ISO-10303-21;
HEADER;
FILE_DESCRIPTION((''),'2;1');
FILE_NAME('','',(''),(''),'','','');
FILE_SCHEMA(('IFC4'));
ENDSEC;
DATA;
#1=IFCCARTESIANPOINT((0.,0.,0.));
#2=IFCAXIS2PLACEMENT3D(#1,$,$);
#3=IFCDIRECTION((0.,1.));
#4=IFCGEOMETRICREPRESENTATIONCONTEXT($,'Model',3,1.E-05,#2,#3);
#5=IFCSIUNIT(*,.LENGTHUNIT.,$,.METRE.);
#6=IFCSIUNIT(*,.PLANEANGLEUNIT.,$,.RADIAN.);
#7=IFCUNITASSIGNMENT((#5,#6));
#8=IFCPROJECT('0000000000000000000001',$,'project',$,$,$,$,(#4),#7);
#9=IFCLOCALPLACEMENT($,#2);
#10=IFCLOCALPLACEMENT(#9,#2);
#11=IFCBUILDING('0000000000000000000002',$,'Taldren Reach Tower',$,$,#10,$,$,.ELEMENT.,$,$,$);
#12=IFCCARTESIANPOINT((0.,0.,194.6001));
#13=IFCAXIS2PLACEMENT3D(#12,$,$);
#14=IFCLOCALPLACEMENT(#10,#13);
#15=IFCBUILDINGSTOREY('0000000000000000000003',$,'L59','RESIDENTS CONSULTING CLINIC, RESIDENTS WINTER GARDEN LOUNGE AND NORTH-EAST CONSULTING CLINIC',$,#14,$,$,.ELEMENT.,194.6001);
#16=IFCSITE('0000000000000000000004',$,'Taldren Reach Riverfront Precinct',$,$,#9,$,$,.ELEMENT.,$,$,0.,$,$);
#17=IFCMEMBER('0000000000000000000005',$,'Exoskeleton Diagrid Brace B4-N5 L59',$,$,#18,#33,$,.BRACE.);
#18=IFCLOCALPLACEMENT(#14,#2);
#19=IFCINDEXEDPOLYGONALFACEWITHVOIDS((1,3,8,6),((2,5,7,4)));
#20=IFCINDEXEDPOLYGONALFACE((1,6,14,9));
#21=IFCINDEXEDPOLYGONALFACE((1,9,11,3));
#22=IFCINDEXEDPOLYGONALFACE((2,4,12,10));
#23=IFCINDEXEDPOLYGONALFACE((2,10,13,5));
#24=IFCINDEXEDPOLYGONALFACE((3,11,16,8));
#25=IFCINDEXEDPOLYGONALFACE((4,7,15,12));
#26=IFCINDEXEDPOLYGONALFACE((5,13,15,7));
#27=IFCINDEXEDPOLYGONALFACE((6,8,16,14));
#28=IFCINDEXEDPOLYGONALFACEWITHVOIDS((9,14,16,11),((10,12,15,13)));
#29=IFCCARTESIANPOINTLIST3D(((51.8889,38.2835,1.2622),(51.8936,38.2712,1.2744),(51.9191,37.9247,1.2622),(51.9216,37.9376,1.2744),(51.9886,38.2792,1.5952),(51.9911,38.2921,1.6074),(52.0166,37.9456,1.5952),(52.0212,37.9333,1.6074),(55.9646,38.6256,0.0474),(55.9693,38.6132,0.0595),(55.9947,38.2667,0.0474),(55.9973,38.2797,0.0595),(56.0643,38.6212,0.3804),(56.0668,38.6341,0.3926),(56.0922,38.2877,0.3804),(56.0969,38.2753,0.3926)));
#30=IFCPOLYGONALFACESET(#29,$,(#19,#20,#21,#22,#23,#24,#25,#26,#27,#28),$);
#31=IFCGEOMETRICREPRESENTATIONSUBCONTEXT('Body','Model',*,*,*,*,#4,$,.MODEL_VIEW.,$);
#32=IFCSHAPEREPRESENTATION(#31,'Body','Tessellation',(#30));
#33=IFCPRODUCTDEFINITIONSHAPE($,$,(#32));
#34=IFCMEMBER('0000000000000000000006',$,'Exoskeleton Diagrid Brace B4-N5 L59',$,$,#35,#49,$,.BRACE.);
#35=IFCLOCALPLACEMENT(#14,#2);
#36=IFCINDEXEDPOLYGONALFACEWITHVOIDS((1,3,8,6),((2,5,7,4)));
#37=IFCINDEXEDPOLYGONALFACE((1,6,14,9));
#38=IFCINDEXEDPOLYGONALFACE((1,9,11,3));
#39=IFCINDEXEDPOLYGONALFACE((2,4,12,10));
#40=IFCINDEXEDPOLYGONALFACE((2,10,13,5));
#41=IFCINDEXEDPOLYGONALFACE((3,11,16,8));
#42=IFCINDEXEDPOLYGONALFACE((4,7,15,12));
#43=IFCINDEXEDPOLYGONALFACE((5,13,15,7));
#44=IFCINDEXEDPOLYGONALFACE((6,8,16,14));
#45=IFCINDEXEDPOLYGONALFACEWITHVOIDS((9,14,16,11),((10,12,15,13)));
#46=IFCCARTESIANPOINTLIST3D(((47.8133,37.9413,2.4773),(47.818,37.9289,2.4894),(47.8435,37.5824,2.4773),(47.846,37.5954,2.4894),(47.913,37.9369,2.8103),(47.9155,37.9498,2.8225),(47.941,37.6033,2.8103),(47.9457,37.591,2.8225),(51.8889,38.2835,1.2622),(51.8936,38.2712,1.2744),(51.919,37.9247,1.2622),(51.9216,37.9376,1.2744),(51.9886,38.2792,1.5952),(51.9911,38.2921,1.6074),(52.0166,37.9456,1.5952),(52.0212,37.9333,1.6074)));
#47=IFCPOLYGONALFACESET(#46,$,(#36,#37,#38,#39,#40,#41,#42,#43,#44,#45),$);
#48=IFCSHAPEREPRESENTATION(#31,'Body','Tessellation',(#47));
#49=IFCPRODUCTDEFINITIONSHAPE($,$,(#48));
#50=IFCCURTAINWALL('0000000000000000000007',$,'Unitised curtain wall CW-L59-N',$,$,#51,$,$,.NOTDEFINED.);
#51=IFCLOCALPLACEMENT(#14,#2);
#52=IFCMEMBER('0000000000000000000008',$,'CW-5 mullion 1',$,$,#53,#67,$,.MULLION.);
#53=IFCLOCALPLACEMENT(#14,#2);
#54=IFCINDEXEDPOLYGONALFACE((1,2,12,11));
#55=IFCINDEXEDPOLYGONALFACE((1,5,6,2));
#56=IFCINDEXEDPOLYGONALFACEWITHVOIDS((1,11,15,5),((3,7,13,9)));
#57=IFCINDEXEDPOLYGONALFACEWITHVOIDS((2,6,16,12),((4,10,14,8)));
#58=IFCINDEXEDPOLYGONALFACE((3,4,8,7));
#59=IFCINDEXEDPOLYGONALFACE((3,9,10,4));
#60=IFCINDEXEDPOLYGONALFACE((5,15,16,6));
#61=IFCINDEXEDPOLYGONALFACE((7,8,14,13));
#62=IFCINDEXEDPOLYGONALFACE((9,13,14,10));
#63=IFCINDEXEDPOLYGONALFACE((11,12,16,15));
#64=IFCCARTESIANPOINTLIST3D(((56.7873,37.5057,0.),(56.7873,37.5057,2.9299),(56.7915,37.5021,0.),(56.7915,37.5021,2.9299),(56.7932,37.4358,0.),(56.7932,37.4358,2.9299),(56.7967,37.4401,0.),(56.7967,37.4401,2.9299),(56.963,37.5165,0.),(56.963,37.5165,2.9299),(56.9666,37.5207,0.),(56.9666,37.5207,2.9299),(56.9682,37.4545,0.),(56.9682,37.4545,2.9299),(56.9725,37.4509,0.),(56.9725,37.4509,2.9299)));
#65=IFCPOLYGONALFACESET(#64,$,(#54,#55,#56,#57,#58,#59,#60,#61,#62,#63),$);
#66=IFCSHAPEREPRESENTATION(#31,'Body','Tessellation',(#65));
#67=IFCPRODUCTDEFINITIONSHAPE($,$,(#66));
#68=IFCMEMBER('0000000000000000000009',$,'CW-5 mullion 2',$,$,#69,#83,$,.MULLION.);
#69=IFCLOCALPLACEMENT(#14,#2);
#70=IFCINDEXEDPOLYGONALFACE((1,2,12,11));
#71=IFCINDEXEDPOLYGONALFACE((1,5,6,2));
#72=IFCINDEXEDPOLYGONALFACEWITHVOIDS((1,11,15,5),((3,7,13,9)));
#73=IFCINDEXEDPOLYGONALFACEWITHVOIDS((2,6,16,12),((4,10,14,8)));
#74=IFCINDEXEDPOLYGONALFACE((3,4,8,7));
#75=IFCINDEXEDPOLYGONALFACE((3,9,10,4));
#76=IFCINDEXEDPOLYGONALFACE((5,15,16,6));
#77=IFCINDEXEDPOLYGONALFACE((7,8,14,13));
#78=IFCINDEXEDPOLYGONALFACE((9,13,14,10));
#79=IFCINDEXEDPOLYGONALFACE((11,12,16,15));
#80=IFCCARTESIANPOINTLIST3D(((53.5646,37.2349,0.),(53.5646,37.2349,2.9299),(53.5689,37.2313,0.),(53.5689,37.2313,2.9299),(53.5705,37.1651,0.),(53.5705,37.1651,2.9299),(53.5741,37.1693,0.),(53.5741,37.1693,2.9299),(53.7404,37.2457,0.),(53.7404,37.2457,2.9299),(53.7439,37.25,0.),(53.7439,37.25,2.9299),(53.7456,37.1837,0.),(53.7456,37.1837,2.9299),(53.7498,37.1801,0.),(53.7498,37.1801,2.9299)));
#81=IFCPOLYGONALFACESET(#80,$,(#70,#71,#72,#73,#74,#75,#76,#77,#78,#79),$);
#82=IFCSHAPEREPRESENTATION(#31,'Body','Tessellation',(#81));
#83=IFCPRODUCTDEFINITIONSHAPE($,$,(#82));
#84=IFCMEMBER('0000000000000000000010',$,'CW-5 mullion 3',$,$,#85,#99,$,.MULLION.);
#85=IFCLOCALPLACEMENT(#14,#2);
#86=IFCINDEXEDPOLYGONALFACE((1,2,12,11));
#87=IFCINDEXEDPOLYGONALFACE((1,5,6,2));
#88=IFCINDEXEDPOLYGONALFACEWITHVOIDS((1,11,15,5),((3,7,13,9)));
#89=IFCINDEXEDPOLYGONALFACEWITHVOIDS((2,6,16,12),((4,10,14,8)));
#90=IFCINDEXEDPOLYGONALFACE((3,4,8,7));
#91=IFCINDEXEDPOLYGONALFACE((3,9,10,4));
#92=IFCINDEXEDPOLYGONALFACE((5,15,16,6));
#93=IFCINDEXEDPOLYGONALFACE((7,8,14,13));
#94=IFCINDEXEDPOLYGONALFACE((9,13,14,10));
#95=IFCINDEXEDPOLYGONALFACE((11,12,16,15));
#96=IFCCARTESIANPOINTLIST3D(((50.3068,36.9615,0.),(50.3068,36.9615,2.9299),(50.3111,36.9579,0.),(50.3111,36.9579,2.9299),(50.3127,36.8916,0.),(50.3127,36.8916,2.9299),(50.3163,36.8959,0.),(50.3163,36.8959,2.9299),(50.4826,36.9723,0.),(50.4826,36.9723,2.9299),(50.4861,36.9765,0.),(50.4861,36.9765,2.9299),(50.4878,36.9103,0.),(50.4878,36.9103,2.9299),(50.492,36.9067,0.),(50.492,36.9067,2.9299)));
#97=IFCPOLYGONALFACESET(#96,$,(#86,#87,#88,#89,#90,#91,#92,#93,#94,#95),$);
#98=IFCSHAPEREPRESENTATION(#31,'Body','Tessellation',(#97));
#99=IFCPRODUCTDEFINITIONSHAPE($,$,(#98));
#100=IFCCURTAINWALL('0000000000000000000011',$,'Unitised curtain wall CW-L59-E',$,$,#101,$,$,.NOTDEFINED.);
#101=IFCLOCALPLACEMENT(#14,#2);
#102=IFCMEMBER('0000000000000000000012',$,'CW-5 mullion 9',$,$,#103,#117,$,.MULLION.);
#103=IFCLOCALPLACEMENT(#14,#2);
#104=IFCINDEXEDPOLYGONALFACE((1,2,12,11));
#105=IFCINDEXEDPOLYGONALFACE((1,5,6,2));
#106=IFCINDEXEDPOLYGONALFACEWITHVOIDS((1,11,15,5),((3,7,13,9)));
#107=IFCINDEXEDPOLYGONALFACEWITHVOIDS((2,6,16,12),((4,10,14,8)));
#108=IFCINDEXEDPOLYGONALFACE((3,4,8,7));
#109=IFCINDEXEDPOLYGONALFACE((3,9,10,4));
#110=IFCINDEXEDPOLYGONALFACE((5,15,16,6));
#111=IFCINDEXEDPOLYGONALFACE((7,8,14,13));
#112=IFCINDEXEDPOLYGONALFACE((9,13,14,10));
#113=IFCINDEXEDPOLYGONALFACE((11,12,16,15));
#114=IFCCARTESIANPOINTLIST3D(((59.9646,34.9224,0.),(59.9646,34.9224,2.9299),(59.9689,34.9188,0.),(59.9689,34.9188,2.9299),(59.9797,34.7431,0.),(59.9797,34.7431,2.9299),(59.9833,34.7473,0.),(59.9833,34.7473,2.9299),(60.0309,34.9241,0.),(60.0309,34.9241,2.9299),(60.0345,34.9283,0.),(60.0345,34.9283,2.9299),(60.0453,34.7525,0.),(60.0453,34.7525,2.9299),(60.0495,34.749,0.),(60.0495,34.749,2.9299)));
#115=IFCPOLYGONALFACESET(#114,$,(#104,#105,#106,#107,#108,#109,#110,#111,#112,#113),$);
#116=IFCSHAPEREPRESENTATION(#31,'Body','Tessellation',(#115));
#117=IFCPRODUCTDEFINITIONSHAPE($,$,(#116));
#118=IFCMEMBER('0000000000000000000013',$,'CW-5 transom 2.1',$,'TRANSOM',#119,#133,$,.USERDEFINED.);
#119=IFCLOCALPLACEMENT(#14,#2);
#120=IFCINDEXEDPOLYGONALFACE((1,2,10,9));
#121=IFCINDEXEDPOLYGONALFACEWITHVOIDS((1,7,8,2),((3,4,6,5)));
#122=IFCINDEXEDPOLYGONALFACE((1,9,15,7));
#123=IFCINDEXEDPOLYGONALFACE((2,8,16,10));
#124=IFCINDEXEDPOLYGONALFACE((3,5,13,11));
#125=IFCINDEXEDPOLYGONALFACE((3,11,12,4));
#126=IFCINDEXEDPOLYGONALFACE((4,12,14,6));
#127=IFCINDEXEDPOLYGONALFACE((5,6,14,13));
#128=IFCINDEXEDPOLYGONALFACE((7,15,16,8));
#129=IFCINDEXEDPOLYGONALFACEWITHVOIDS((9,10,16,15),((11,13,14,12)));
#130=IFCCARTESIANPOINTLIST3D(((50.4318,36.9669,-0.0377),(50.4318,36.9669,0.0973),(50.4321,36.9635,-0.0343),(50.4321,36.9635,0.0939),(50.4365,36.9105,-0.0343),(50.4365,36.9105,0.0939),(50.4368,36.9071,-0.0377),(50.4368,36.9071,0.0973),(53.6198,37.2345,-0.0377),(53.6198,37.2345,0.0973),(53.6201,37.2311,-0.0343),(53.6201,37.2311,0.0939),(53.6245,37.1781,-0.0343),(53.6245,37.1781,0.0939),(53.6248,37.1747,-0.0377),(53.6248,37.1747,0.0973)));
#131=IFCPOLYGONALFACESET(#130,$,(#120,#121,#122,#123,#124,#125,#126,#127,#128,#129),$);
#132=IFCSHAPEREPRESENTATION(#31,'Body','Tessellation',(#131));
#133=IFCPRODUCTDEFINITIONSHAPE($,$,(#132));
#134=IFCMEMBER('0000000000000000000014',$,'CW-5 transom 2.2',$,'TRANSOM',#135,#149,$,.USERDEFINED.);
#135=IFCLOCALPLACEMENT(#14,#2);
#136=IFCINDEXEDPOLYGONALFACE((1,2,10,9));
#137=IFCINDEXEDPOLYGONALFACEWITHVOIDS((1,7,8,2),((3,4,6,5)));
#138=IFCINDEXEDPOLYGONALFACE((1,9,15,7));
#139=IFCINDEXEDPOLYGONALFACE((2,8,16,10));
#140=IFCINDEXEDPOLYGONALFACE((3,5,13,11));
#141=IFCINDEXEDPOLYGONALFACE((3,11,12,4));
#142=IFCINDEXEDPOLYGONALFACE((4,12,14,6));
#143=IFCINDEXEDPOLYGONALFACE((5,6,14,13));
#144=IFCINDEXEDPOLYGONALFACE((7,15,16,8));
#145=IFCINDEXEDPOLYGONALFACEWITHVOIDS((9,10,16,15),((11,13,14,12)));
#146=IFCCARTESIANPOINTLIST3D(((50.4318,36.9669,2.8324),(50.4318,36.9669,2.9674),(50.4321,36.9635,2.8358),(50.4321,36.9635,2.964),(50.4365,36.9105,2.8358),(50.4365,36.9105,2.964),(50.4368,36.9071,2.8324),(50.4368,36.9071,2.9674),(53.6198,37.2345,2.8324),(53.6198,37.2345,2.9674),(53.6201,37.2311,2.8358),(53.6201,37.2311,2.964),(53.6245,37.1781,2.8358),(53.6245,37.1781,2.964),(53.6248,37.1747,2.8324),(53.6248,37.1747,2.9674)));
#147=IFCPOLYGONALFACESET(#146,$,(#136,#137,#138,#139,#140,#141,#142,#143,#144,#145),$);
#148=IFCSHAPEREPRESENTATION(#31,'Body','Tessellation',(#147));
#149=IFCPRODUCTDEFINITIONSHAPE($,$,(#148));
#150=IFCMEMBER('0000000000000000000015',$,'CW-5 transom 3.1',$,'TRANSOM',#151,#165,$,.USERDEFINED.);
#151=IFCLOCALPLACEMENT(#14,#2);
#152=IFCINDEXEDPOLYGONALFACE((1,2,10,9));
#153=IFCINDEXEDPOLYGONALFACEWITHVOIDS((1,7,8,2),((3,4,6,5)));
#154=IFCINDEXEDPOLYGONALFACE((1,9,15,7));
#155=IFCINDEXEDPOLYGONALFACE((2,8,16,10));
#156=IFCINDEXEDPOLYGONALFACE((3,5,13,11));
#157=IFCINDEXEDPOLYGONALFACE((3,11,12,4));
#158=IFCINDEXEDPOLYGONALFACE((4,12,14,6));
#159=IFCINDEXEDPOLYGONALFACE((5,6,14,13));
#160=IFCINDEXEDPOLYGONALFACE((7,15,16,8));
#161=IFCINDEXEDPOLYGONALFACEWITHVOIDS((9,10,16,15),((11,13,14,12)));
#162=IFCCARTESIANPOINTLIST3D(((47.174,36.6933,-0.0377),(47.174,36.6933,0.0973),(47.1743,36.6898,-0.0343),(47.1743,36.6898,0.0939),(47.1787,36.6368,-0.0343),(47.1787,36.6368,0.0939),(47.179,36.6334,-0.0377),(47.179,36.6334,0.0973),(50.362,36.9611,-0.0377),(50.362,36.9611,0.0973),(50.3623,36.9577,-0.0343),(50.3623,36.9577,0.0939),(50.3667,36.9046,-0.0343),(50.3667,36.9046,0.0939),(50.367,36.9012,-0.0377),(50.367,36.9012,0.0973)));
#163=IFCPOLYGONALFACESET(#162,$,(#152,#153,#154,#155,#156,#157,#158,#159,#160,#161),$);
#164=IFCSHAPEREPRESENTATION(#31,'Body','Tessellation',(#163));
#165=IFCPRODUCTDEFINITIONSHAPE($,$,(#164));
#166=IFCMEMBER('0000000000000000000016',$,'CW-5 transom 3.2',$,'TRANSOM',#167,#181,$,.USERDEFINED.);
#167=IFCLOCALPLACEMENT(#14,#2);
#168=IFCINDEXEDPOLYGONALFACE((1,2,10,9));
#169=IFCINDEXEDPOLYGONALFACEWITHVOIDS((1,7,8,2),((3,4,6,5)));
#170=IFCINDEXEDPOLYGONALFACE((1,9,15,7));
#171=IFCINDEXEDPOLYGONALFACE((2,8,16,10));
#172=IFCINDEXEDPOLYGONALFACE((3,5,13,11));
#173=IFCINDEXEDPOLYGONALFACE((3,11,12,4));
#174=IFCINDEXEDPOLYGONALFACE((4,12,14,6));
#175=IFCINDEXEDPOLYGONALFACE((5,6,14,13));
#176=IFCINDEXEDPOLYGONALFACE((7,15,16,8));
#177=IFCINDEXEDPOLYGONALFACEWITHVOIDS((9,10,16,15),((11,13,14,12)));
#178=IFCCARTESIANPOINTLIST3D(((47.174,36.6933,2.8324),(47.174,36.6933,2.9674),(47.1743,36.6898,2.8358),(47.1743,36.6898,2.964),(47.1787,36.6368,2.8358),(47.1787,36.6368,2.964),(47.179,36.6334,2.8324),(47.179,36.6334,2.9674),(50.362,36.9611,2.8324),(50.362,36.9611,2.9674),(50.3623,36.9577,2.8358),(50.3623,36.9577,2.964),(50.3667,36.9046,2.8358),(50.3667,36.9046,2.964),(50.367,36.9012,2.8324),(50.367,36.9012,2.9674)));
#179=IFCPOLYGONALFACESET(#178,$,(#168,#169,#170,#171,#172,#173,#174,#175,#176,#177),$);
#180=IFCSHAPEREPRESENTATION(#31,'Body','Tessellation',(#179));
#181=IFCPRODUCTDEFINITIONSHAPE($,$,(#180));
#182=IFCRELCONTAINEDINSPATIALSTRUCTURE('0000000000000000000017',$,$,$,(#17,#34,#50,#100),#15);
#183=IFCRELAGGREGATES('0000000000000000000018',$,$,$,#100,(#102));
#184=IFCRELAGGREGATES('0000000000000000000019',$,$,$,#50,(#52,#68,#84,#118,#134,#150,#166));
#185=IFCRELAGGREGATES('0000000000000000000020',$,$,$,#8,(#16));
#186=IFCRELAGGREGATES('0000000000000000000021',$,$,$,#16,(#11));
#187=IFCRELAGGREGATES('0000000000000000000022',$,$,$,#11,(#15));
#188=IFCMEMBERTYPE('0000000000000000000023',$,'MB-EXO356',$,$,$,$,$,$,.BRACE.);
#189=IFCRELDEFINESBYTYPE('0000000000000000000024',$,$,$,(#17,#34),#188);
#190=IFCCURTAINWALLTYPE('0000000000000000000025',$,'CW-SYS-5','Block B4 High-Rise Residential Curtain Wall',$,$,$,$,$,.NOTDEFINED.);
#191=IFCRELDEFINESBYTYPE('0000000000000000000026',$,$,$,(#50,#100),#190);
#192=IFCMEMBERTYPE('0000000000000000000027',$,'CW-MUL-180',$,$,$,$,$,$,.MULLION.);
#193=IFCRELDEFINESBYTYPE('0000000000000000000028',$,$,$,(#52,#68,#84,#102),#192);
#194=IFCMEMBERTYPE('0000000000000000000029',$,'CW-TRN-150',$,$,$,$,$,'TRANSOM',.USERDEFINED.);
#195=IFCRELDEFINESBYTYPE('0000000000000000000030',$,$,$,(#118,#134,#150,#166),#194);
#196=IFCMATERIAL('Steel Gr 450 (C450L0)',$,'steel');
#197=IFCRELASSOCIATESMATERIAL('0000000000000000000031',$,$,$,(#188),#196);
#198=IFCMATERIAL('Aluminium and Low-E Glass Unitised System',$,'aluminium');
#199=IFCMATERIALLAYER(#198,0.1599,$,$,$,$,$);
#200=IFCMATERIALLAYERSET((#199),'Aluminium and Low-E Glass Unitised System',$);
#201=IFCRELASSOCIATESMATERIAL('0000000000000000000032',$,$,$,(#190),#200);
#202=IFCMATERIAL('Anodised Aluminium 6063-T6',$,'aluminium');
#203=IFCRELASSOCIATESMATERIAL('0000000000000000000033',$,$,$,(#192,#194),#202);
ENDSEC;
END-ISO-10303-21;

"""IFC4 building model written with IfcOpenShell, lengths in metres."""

from ifc_helpers import new_model, si_unit, direction, frame, origin, origin_2d, place, context, subcontext, project, spatial, hollow_rectangle, extrude, source, transform, mapped, material, layer, layer_set, material_profile, profile_set, type_object, element, aggregate, save


model = new_model("IFC4")

# Units and contexts
model_context = context("Model", 3, precision=1e-05, world=origin(), true_north=direction((0.0, 1.0)))
body_context = subcontext(model_context, "Body", "Model", "MODEL_VIEW")
ifc_project = project(units=[si_unit("LENGTHUNIT", "METRE"), si_unit("PLANEANGLEUNIT", "RADIAN")], contexts=[model_context])

# Site, building, storey
site_placement = place(None, origin())
site = spatial("IfcSite", under=ifc_project, at=site_placement, Name="Taldren Reach Riverfront Precinct", CompositionType="ELEMENT", RefElevation=0.0)
building_placement = place(site_placement, origin())
building = spatial("IfcBuilding", under=site, at=building_placement, Name="Taldren Reach Tower", CompositionType="ELEMENT")
storey_placement = place(building_placement, frame((0.0, 0.0, 194.6001)))
storey = spatial("IfcBuildingStorey", under=building, at=storey_placement, Name="L59", Description="RESIDENTS CONSULTING CLINIC, RESIDENTS WINTER GARDEN LOUNGE AND NORTH-EAST CONSULTING CLINIC", CompositionType="ELEMENT", Elevation=194.6001)

# Members
ifc_material_1 = material(Name="Steel Gr 450 (C450L0)", Category="steel")
ifc_material_profile_1 = material_profile(ifc_material_1, hollow_rectangle(XDim=0.3601, YDim=0.3601, WallThickness=0.0127, at=origin_2d()), Name="360x360x12.7SHS")
ifc_profile_set_1 = profile_set([ifc_material_profile_1], Name="Steel Gr 450 (C450L0)")
member_type_1 = type_object("IfcMemberType", Name="MB-EXO356", PredefinedType="BRACE", material=ifc_profile_set_1)
shared_shape_1 = source(origin(), body_context, "Body", "SweptSolid", [
    extrude(hollow_rectangle(XDim=0.3601, YDim=0.3601, WallThickness=0.0127, at=origin_2d()), origin(), (0.0, 0.0, 1.0), 4.2666),
])
for number, where, z_axis, x_axis, name in (
    (1, (56.0308, 38.4504, 0.22), (-0.955249, -0.080167, 0.284732), (0.083628, -0.996497, 0.0), "Exoskeleton Diagrid Brace B4-N5 L59"),
    (2, (51.9551, 38.1084, 1.4348), (-0.955229, -0.080222, 0.284783), (0.083688, -0.996492, 0.0), "Exoskeleton Diagrid Brace B4-N5 L59"),
):
    element("IfcMember", number, at=place(storey_placement, frame(where, z_axis=z_axis, x_axis=x_axis)), inside=storey, type_object=member_type_1, Name=name, PredefinedType="BRACE", context=body_context, shape_type="MappedRepresentation", body=[
        mapped(shared_shape_1, transform((0.0, 0.0, 0.0), scale=1.0)),
    ])

# Curtain wall, members
ifc_material_2 = material(Name="Aluminium and Low-E Glass Unitised System", Category="aluminium")
ifc_layer_1 = layer(ifc_material_2, 0.1599)
ifc_layer_set_1 = layer_set([ifc_layer_1], Name="Aluminium and Low-E Glass Unitised System")
curtain_wall_type = type_object("IfcCurtainWallType", Name="CW-SYS-5", Description="Block B4 High-Rise Residential Curtain Wall", PredefinedType="NOTDEFINED", material=ifc_layer_set_1)
curtain_wall_1_placement = place(storey_placement, origin())
curtain_wall_1 = element("IfcCurtainWall", 3, at=curtain_wall_1_placement, inside=storey, type_object=curtain_wall_type, Name="Unitised curtain wall CW-L59-N", PredefinedType="NOTDEFINED")
ifc_material_3 = material(Name="Anodised Aluminium 6063-T6", Category="aluminium")
ifc_material_profile_2 = material_profile(ifc_material_3, hollow_rectangle(XDim=0.0701, YDim=0.1799, WallThickness=0.0039, at=origin_2d()), Name="ALU-180x70x4RHS")
ifc_profile_set_2 = profile_set([ifc_material_profile_2], Name="Anodised Aluminium 6063-T6")
member_type_2 = type_object("IfcMemberType", Name="CW-MUL-180", PredefinedType="MULLION", material=ifc_profile_set_2)
shared_shape_2 = source(origin(), body_context, "Body", "SweptSolid", [
    extrude(hollow_rectangle(XDim=0.0701, YDim=0.1799, WallThickness=0.0039, at=origin_2d()), origin(), (0.0, 0.0, 1.0), 2.9299),
])
member_1_placement = place(storey_placement, frame((56.8799, 37.4783, 0.0), z_axis=(0.0, 0.0, 1.0), x_axis=(0.083678, -0.996493, 0.0)))
member_1 = element("IfcMember", 4, at=member_1_placement, type_object=member_type_2, Name="CW-5 mullion 1", PredefinedType="MULLION", context=body_context, shape_type="MappedRepresentation", body=[
    mapped(shared_shape_2, transform((0.0, 0.0, 0.0), scale=1.0)),
])
member_2_placement = place(storey_placement, frame((53.6572, 37.2075, 0.0), z_axis=(0.0, 0.0, 1.0), x_axis=(0.083678, -0.996493, 0.0)))
member_2 = element("IfcMember", 5, at=member_2_placement, type_object=member_type_2, Name="CW-5 mullion 2", PredefinedType="MULLION", context=body_context, shape_type="MappedRepresentation", body=[
    mapped(shared_shape_2, transform((0.0, 0.0, 0.0), scale=1.0)),
])
member_3_placement = place(storey_placement, frame((50.3994, 36.9341, 0.0), z_axis=(0.0, 0.0, 1.0), x_axis=(0.083678, -0.996493, 0.0)))
member_3 = element("IfcMember", 6, at=member_3_placement, type_object=member_type_2, Name="CW-5 mullion 3", PredefinedType="MULLION", context=body_context, shape_type="MappedRepresentation", body=[
    mapped(shared_shape_2, transform((0.0, 0.0, 0.0), scale=1.0)),
])

# Curtain wall, member
curtain_wall_2_placement = place(storey_placement, origin())
curtain_wall_2 = element("IfcCurtainWall", 7, at=curtain_wall_2_placement, inside=storey, type_object=curtain_wall_type, Name="Unitised curtain wall CW-L59-E", PredefinedType="NOTDEFINED")
member_4_placement = place(storey_placement, frame((60.0071, 34.8357, 0.0), z_axis=(0.0, 0.0, 1.0), x_axis=(-0.996493, -0.083678, 0.0)))
member_4 = element("IfcMember", 8, at=member_4_placement, type_object=member_type_2, Name="CW-5 mullion 9", PredefinedType="MULLION", context=body_context, shape_type="MappedRepresentation", body=[
    mapped(shared_shape_2, transform((0.0, 0.0, 0.0), scale=1.0)),
])
aggregate(curtain_wall_2, [member_4])

# Members
ifc_material_profile_3 = material_profile(ifc_material_3, hollow_rectangle(XDim=0.0601, YDim=0.135, WallThickness=0.0034, at=origin_2d()), Name="ALU-135x60x3.5RHS")
ifc_profile_set_3 = profile_set([ifc_material_profile_3], Name="Anodised Aluminium 6063-T6")
member_type_3 = type_object("IfcMemberType", Name="CW-TRN-150", ElementType="TRANSOM", PredefinedType="USERDEFINED", material=ifc_profile_set_3)
shared_shape_3 = source(origin(), body_context, "Body", "SweptSolid", [
    extrude(hollow_rectangle(XDim=0.0601, YDim=0.135, WallThickness=0.0034, at=origin_2d()), origin(), (0.0, 0.0, 1.0), 3.1992),
])
member_5_placement = place(storey_placement, frame((53.6223, 37.2046, 0.0298), z_axis=(-0.996496, -0.083639, 0.0), x_axis=(0.083639, -0.996496, 0.0)))
member_5 = element("IfcMember", 9, at=member_5_placement, type_object=member_type_3, Name="CW-5 transom 2.1", ObjectType="TRANSOM", PredefinedType="USERDEFINED", context=body_context, shape_type="MappedRepresentation", body=[
    mapped(shared_shape_3, transform((0.0, 0.0, 0.0), scale=1.0)),
])
member_6_placement = place(storey_placement, frame((53.6223, 37.2046, 2.8999), z_axis=(-0.996496, -0.083639, 0.0), x_axis=(0.083639, -0.996496, 0.0)))
member_6 = element("IfcMember", 10, at=member_6_placement, type_object=member_type_3, Name="CW-5 transom 2.2", ObjectType="TRANSOM", PredefinedType="USERDEFINED", context=body_context, shape_type="MappedRepresentation", body=[
    mapped(shared_shape_3, transform((0.0, 0.0, 0.0), scale=1.0)),
])
member_7_placement = place(storey_placement, frame((50.3645, 36.9312, 0.0298), z_axis=(-0.99649, -0.083715, 0.0), x_axis=(0.083715, -0.99649, 0.0)))
member_7 = element("IfcMember", 11, at=member_7_placement, type_object=member_type_3, Name="CW-5 transom 3.1", ObjectType="TRANSOM", PredefinedType="USERDEFINED", context=body_context, shape_type="MappedRepresentation", body=[
    mapped(shared_shape_3, transform((0.0, 0.0, 0.0), scale=1.0)),
])
member_8_placement = place(storey_placement, frame((50.3645, 36.9312, 2.8999), z_axis=(-0.99649, -0.083715, 0.0), x_axis=(0.083715, -0.99649, 0.0)))
member_8 = element("IfcMember", 12, at=member_8_placement, type_object=member_type_3, Name="CW-5 transom 3.2", ObjectType="TRANSOM", PredefinedType="USERDEFINED", context=body_context, shape_type="MappedRepresentation", body=[
    mapped(shared_shape_3, transform((0.0, 0.0, 0.0), scale=1.0)),
])

aggregate(curtain_wall_1, [member_1, member_2, member_3, member_5, member_6, member_7, member_8])

save(model, "model.ifc")
